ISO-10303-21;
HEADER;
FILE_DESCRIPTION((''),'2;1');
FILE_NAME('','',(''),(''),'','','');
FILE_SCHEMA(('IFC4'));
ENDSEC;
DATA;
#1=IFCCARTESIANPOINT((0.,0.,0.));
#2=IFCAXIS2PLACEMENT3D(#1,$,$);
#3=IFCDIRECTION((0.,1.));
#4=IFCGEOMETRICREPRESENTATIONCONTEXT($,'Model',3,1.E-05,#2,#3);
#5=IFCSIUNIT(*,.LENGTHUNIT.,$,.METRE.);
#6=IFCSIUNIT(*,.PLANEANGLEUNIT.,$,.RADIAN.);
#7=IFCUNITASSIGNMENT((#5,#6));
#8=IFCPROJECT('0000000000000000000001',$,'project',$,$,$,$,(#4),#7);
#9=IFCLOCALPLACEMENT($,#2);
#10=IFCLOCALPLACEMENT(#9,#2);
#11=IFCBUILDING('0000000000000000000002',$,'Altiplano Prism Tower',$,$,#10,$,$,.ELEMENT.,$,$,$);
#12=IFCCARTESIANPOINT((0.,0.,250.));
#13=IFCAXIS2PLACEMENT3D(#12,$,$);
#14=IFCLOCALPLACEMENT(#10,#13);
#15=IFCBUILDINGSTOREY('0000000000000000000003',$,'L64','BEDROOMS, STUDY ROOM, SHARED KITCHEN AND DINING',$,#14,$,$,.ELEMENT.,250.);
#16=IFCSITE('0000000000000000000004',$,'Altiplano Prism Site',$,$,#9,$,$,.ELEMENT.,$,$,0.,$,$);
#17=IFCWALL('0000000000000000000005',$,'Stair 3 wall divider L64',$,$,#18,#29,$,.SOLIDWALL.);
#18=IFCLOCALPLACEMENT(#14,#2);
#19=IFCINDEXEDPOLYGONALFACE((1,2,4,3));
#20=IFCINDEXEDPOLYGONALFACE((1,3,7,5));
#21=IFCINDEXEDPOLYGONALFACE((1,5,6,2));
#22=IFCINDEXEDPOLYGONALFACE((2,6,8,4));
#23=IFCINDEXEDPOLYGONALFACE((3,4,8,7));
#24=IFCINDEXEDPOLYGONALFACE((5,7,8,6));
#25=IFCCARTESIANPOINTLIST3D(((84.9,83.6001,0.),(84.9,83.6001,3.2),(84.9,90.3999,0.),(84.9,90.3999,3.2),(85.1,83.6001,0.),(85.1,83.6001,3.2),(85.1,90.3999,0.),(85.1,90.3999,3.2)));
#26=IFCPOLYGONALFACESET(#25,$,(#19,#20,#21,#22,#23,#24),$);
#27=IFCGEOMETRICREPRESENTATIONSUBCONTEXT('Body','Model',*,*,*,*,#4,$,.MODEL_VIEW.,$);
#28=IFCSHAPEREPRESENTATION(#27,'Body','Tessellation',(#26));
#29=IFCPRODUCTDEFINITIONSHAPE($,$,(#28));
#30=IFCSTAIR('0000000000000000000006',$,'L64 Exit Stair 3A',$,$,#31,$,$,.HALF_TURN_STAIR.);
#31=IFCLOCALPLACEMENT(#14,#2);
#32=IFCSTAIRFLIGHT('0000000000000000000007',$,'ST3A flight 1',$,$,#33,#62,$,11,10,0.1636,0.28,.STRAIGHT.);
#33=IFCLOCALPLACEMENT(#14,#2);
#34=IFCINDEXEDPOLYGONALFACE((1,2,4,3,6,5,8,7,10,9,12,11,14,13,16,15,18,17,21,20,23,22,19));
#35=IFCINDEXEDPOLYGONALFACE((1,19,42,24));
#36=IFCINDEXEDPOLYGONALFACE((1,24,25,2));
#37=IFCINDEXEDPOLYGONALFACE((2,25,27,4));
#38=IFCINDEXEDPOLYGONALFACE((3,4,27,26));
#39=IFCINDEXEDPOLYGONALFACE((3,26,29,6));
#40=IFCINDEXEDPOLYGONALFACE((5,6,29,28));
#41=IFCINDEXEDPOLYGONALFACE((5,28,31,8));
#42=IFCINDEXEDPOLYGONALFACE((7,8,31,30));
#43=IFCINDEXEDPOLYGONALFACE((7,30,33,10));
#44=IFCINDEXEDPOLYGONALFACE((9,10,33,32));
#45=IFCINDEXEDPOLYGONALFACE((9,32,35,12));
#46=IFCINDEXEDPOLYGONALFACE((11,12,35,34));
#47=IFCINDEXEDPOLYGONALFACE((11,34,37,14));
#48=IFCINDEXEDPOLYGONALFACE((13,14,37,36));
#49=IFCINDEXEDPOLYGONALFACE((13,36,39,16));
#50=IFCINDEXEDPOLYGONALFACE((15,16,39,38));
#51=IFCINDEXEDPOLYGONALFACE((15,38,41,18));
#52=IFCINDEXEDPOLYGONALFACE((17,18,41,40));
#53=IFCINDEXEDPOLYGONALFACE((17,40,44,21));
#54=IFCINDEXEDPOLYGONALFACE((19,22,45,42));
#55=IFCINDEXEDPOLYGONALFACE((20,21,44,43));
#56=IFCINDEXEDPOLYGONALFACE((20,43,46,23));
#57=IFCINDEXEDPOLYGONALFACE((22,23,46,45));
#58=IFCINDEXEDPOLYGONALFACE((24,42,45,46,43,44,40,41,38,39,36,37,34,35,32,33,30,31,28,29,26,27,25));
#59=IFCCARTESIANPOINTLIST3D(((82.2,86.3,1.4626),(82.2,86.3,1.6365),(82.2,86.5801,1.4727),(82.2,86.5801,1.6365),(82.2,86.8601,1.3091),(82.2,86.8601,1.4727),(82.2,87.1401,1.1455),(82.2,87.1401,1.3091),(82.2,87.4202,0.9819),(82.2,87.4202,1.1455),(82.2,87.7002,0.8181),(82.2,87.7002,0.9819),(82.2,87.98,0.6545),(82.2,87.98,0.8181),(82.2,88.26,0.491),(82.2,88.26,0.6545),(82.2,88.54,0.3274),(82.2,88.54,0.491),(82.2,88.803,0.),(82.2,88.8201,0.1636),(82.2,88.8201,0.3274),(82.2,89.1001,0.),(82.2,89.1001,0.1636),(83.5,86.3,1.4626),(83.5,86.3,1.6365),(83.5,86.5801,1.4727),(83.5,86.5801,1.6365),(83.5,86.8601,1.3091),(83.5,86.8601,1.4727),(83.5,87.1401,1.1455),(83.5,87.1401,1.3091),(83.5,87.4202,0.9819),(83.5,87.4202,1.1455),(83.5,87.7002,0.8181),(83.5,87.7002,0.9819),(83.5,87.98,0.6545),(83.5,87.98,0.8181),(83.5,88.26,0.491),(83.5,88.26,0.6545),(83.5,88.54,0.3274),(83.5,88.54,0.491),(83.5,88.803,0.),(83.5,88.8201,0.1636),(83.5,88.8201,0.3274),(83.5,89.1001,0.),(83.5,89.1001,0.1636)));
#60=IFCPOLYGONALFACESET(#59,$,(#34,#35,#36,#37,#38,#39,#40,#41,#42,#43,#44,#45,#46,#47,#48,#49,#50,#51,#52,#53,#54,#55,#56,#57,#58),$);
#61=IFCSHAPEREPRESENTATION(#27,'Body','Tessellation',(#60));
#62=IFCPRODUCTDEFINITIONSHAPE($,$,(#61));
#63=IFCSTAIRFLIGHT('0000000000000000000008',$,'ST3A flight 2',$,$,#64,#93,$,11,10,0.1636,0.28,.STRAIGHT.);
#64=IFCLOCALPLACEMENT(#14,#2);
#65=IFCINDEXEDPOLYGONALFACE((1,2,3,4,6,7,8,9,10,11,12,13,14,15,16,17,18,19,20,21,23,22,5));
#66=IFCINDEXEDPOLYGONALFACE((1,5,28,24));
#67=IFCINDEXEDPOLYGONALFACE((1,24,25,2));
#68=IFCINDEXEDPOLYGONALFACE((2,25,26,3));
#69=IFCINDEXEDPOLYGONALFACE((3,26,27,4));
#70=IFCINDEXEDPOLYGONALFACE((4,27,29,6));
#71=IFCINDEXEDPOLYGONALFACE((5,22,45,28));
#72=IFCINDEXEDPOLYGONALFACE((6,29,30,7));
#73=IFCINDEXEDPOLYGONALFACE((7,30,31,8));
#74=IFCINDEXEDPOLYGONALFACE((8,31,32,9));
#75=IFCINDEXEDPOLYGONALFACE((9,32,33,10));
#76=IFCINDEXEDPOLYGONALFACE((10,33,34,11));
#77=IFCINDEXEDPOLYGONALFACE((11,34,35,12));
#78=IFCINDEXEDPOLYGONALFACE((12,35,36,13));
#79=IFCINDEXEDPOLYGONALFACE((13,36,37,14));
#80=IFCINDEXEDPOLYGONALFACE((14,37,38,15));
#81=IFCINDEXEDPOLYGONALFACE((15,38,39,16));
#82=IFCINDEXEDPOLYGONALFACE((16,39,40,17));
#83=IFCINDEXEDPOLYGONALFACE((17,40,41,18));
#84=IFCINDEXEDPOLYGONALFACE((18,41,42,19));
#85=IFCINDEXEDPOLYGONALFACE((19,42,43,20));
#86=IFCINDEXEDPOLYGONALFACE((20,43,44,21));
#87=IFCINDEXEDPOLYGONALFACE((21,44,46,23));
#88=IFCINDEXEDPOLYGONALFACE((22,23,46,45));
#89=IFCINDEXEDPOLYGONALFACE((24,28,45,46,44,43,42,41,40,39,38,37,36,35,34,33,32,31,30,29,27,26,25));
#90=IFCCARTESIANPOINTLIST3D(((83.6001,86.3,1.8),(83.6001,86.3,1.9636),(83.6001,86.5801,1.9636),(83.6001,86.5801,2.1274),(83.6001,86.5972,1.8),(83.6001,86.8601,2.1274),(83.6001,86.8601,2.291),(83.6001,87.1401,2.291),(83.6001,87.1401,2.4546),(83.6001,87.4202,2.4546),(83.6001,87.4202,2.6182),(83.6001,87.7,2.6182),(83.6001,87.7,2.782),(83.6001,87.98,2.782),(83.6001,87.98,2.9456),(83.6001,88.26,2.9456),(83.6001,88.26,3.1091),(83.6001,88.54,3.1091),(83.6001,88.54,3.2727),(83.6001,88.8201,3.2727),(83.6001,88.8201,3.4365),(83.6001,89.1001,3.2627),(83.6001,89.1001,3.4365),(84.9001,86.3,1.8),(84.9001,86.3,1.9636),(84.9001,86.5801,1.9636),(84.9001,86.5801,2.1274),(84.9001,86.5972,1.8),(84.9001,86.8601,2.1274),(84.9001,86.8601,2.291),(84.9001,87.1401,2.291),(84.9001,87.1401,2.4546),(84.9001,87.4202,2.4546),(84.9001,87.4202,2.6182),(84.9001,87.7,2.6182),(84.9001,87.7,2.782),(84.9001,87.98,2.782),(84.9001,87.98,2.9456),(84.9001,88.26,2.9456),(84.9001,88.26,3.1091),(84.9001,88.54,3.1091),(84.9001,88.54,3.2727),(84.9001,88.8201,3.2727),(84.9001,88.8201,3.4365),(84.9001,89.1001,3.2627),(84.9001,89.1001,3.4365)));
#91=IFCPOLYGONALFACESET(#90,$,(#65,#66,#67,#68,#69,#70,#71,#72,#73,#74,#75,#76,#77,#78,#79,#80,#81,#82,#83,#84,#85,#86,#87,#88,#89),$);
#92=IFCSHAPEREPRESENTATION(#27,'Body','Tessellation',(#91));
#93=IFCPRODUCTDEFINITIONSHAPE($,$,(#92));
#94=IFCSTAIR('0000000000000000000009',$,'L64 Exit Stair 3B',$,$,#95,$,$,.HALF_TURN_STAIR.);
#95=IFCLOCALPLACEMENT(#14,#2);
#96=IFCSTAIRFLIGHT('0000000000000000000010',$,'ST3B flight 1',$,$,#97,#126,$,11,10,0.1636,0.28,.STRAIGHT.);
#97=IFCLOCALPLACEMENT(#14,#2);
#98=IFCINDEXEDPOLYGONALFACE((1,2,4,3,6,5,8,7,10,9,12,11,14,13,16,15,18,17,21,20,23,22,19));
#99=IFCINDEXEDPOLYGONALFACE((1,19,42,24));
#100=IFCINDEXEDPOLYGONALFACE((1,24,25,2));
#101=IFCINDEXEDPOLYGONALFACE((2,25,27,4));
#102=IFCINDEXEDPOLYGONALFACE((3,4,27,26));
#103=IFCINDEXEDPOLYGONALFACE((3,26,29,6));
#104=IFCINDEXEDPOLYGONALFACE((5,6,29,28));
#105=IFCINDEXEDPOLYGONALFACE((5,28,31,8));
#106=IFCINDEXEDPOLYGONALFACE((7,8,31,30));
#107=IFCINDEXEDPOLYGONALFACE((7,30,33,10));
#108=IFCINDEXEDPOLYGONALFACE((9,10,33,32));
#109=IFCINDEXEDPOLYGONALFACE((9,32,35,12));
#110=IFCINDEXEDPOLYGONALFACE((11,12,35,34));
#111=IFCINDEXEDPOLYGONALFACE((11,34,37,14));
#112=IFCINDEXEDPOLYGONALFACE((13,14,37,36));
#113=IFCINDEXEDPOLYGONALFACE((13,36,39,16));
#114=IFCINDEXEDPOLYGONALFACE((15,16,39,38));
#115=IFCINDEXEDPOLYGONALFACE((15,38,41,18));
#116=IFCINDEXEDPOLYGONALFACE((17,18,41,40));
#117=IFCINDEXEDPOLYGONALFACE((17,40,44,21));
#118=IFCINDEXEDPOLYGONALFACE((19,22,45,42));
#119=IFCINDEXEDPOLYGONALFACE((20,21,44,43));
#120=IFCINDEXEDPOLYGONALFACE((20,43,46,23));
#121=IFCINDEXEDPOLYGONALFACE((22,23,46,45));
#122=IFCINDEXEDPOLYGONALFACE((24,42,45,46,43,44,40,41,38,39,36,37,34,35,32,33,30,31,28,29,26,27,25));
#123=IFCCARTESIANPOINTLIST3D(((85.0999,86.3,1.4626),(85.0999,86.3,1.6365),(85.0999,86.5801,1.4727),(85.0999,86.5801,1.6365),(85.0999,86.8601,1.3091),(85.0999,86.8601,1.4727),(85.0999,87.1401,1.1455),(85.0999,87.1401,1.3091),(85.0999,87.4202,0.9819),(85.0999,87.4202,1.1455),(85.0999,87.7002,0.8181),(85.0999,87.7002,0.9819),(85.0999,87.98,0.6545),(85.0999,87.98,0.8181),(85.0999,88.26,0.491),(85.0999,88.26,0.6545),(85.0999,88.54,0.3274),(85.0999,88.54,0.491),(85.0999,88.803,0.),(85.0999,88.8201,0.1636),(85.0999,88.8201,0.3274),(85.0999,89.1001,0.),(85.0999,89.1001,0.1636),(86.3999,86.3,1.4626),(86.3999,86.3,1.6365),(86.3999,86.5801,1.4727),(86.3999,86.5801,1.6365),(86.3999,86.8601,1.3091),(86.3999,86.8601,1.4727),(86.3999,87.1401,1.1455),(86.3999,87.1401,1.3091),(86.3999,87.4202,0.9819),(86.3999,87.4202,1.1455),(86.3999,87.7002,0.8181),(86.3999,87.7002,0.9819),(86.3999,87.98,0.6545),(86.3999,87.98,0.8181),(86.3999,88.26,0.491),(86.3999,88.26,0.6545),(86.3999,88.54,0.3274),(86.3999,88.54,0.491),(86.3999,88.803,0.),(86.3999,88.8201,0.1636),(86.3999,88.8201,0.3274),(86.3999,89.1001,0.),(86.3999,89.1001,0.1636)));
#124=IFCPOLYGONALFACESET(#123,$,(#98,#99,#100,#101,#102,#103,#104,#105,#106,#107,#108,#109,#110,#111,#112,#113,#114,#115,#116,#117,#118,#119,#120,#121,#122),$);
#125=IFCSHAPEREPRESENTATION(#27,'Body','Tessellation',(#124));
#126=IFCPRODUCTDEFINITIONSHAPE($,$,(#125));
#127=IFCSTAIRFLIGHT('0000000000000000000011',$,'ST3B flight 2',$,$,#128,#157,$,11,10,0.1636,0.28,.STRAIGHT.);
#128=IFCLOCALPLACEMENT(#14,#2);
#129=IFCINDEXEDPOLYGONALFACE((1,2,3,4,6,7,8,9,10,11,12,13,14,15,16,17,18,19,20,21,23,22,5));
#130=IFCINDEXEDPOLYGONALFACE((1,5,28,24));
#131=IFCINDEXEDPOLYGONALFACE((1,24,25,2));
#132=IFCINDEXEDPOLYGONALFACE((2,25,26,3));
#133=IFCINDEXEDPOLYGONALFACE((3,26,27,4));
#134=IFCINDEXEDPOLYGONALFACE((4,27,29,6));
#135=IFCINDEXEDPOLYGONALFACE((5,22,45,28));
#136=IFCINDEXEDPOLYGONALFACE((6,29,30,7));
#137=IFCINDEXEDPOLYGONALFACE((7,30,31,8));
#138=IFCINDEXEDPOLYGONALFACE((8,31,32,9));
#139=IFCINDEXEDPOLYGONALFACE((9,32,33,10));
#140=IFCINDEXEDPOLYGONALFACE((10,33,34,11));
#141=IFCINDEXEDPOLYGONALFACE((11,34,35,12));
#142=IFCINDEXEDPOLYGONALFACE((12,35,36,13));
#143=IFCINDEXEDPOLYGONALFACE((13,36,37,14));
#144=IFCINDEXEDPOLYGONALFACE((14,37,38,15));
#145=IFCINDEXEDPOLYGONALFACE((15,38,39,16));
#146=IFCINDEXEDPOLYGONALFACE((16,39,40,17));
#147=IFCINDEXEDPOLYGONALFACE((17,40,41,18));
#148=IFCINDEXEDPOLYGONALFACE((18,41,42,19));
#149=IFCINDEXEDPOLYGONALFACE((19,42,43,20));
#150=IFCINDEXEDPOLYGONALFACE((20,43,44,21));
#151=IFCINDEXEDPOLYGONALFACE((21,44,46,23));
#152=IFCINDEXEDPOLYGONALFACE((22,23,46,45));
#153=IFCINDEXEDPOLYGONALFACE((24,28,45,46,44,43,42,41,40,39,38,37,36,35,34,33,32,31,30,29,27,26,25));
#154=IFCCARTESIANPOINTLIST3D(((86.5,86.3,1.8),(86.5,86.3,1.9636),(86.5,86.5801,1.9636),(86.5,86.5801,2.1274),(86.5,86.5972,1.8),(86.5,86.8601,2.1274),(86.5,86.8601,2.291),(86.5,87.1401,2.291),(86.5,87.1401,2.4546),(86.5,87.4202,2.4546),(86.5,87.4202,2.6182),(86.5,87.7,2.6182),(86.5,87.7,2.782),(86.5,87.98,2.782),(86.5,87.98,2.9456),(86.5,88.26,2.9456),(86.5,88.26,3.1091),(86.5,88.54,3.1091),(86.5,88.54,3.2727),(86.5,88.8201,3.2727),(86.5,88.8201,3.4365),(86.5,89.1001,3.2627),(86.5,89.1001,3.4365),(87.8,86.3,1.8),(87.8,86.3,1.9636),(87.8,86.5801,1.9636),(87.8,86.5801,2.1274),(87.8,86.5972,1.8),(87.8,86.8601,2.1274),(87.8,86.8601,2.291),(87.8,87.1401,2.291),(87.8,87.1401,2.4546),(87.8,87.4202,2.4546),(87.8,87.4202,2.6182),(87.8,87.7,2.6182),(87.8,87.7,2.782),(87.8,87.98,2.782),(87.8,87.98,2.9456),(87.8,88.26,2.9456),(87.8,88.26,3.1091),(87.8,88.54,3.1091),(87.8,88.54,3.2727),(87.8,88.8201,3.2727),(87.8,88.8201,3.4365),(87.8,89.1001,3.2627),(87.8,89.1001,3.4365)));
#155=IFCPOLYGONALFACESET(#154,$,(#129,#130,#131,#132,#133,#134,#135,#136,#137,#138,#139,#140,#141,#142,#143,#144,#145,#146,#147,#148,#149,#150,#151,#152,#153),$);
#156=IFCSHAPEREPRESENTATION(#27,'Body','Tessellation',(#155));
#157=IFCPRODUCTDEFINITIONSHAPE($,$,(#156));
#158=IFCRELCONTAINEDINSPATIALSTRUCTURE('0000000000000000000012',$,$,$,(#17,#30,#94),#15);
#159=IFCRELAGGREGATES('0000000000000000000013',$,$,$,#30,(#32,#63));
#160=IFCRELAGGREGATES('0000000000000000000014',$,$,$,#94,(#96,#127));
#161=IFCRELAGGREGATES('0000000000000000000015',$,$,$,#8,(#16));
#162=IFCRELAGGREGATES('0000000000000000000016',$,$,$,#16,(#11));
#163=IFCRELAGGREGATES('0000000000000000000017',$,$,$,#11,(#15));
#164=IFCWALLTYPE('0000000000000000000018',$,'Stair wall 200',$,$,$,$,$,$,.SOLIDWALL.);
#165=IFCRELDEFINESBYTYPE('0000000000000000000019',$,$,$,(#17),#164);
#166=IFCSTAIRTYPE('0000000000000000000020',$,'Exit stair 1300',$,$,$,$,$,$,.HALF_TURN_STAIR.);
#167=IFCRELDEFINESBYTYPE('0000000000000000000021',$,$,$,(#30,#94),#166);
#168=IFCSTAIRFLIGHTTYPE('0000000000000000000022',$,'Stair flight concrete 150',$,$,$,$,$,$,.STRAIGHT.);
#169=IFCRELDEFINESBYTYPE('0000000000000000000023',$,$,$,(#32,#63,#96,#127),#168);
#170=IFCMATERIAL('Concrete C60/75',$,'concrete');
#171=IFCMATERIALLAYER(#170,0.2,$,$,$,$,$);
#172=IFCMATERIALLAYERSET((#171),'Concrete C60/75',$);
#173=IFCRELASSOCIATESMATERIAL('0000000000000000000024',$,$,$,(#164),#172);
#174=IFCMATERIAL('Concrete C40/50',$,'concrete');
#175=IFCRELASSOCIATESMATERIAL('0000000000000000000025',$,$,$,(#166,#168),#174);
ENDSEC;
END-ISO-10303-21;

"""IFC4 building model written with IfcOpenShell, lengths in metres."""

from ifc_helpers import new_model, si_unit, direction, frame, frame_2d, origin, place, context, subcontext, project, spatial, polyline, rectangle, outline, extrude, material, layer, layer_set, type_object, element, aggregate, save


model = new_model("IFC4")

# Units and contexts
model_context = context("Model", 3, precision=1e-05, world=origin(), true_north=direction((0.0, 1.0)))
body_context = subcontext(model_context, "Body", "Model", "MODEL_VIEW")
ifc_project = project(units=[si_unit("LENGTHUNIT", "METRE"), si_unit("PLANEANGLEUNIT", "RADIAN")], contexts=[model_context])

# Site, building, storey
site_placement = place(None, origin())
site = spatial("IfcSite", under=ifc_project, at=site_placement, Name="Altiplano Prism Site", CompositionType="ELEMENT", RefElevation=0.0)
building_placement = place(site_placement, origin())
building = spatial("IfcBuilding", under=site, at=building_placement, Name="Altiplano Prism Tower", CompositionType="ELEMENT")
storey_placement = place(building_placement, frame((0.0, 0.0, 250.0)))
storey = spatial("IfcBuildingStorey", under=building, at=storey_placement, Name="L64", Description="BEDROOMS, STUDY ROOM, SHARED KITCHEN AND DINING", CompositionType="ELEMENT", Elevation=250.0)

# Shared definitions
ifc_material_1 = material(Name="Concrete C60/75", Category="concrete")

# Wall
ifc_layer_1 = layer(ifc_material_1, 0.2)
ifc_layer_set_1 = layer_set([ifc_layer_1], Name="Concrete C60/75")
wall_type_1 = type_object("IfcWallType", Name="Stair wall 200", PredefinedType="SOLIDWALL", material=ifc_layer_set_1)
for number, where, z_axis, x_axis, name in (
    (1, (85.0, 83.6001, 0.0), (0.0, 0.0, 1.0), (0.0, 1.0, 0.0), "Stair 3 wall divider L64"),
):
    element("IfcWall", number, at=place(storey_placement, frame(where, z_axis=z_axis, x_axis=x_axis)), inside=storey, type_object=wall_type_1, Name=name, PredefinedType="SOLIDWALL", context=body_context, shape_type="SweptSolid", body=[
        extrude(rectangle(XDim=6.7998, YDim=0.2, at=frame_2d((3.3999, 0.0))), origin(), (0.0, 0.0, 1.0), 3.2),
    ])

# Stairs, stair flights
ifc_material_2 = material(Name="Concrete C40/50", Category="concrete")
stair_type = type_object("IfcStairType", Name="Exit stair 1300", PredefinedType="HALF_TURN_STAIR", material=ifc_material_2)
stair_1_placement = place(storey_placement, origin())
stair_1 = element("IfcStair", 2, at=stair_1_placement, inside=storey, type_object=stair_type, Name="L64 Exit Stair 3A", PredefinedType="HALF_TURN_STAIR")
stair_flight_type = type_object("IfcStairFlightType", Name="Stair flight concrete 150", PredefinedType="STRAIGHT", material=ifc_material_2)
stair_flight_1_placement = place(storey_placement, frame((82.8501, 89.1001, 0.0), z_axis=(0.0, 0.0, 1.0), x_axis=(0.0, -1.0, 0.0)))
stair_flight_1 = element("IfcStairFlight", 3, at=stair_flight_1_placement, type_object=stair_flight_type, Name="ST3A flight 1", NumberOfRisers=11, NumberOfTreads=10, PredefinedType="STRAIGHT", RiserHeight=0.1636, TreadLength=0.28, context=body_context, shape_type="SweptSolid", body=[
    extrude(outline(polyline([(0.0, 0.0), (0.0, 0.1636), (0.28, 0.1636), (0.28, 0.3274), (0.5601, 0.3274), (0.5601, 0.491), (0.8401, 0.491), (0.8401, 0.6545), (1.1201, 0.6545), (1.1201, 0.8181), (1.3999, 0.8181), (1.3999, 0.9819), (1.6799, 0.9819), (1.6799, 1.1455), (1.96, 1.1455), (1.96, 1.3091), (2.24, 1.3091), (2.24, 1.4727), (2.52, 1.4727), (2.52, 1.6365), (2.8, 1.6365), (2.8, 1.8), (2.8, 1.4626), (0.2971, 0.0), (0.0, 0.0)])), frame((0.0, 0.6499, 0.0), z_axis=(0.0, -1.0, 0.0), x_axis=(1.0, 0.0, 0.0)), (0.0, 0.0, 1.0), 1.3),
])
stair_flight_2_placement = place(storey_placement, frame((84.25, 86.3, 1.8), z_axis=(0.0, 0.0, 1.0), x_axis=(0.0, 1.0, 0.0)))
stair_flight_2 = element("IfcStairFlight", 4, at=stair_flight_2_placement, type_object=stair_flight_type, Name="ST3A flight 2", NumberOfRisers=11, NumberOfTreads=10, PredefinedType="STRAIGHT", RiserHeight=0.1636, TreadLength=0.28, context=body_context, shape_type="SweptSolid", body=[
    extrude(outline(polyline([(0.0, 0.0), (0.0, 0.1636), (0.28, 0.1636), (0.28, 0.3274), (0.5601, 0.3274), (0.5601, 0.491), (0.8401, 0.491), (0.8401, 0.6545), (1.1201, 0.6545), (1.1201, 0.8181), (1.3999, 0.8181), (1.3999, 0.9819), (1.6799, 0.9819), (1.6799, 1.1455), (1.96, 1.1455), (1.96, 1.3091), (2.24, 1.3091), (2.24, 1.4727), (2.52, 1.4727), (2.52, 1.6365), (2.8, 1.6365), (2.8, 1.8), (2.8, 1.4626), (0.2971, 0.0), (0.0, 0.0)])), frame((0.0, 0.6499, 0.0), z_axis=(0.0, -1.0, 0.0), x_axis=(1.0, 0.0, 0.0)), (0.0, 0.0, 1.0), 1.3),
])
aggregate(stair_1, [stair_flight_1, stair_flight_2])
stair_2_placement = place(storey_placement, origin())
stair_2 = element("IfcStair", 5, at=stair_2_placement, inside=storey, type_object=stair_type, Name="L64 Exit Stair 3B", PredefinedType="HALF_TURN_STAIR")
stair_flight_3_placement = place(storey_placement, frame((85.75, 89.1001, 0.0), z_axis=(0.0, 0.0, 1.0), x_axis=(0.0, -1.0, 0.0)))
stair_flight_3 = element("IfcStairFlight", 6, at=stair_flight_3_placement, type_object=stair_flight_type, Name="ST3B flight 1", NumberOfRisers=11, NumberOfTreads=10, PredefinedType="STRAIGHT", RiserHeight=0.1636, TreadLength=0.28, context=body_context, shape_type="SweptSolid", body=[
    extrude(outline(polyline([(0.0, 0.0), (0.0, 0.1636), (0.28, 0.1636), (0.28, 0.3274), (0.5601, 0.3274), (0.5601, 0.491), (0.8401, 0.491), (0.8401, 0.6545), (1.1201, 0.6545), (1.1201, 0.8181), (1.3999, 0.8181), (1.3999, 0.9819), (1.6799, 0.9819), (1.6799, 1.1455), (1.96, 1.1455), (1.96, 1.3091), (2.24, 1.3091), (2.24, 1.4727), (2.52, 1.4727), (2.52, 1.6365), (2.8, 1.6365), (2.8, 1.8), (2.8, 1.4626), (0.2971, 0.0), (0.0, 0.0)])), frame((0.0, 0.6499, 0.0), z_axis=(0.0, -1.0, 0.0), x_axis=(1.0, 0.0, 0.0)), (0.0, 0.0, 1.0), 1.3),
])
stair_flight_4_placement = place(storey_placement, frame((87.1499, 86.3, 1.8), z_axis=(0.0, 0.0, 1.0), x_axis=(0.0, 1.0, 0.0)))
stair_flight_4 = element("IfcStairFlight", 7, at=stair_flight_4_placement, type_object=stair_flight_type, Name="ST3B flight 2", NumberOfRisers=11, NumberOfTreads=10, PredefinedType="STRAIGHT", RiserHeight=0.1636, TreadLength=0.28, context=body_context, shape_type="SweptSolid", body=[
    extrude(outline(polyline([(0.0, 0.0), (0.0, 0.1636), (0.28, 0.1636), (0.28, 0.3274), (0.5601, 0.3274), (0.5601, 0.491), (0.8401, 0.491), (0.8401, 0.6545), (1.1201, 0.6545), (1.1201, 0.8181), (1.3999, 0.8181), (1.3999, 0.9819), (1.6799, 0.9819), (1.6799, 1.1455), (1.96, 1.1455), (1.96, 1.3091), (2.24, 1.3091), (2.24, 1.4727), (2.52, 1.4727), (2.52, 1.6365), (2.8, 1.6365), (2.8, 1.8), (2.8, 1.4626), (0.2971, 0.0), (0.0, 0.0)])), frame((0.0, 0.6499, 0.0), z_axis=(0.0, -1.0, 0.0), x_axis=(1.0, 0.0, 0.0)), (0.0, 0.0, 1.0), 1.3),
])
aggregate(stair_2, [stair_flight_3, stair_flight_4])

save(model, "model.ifc")
